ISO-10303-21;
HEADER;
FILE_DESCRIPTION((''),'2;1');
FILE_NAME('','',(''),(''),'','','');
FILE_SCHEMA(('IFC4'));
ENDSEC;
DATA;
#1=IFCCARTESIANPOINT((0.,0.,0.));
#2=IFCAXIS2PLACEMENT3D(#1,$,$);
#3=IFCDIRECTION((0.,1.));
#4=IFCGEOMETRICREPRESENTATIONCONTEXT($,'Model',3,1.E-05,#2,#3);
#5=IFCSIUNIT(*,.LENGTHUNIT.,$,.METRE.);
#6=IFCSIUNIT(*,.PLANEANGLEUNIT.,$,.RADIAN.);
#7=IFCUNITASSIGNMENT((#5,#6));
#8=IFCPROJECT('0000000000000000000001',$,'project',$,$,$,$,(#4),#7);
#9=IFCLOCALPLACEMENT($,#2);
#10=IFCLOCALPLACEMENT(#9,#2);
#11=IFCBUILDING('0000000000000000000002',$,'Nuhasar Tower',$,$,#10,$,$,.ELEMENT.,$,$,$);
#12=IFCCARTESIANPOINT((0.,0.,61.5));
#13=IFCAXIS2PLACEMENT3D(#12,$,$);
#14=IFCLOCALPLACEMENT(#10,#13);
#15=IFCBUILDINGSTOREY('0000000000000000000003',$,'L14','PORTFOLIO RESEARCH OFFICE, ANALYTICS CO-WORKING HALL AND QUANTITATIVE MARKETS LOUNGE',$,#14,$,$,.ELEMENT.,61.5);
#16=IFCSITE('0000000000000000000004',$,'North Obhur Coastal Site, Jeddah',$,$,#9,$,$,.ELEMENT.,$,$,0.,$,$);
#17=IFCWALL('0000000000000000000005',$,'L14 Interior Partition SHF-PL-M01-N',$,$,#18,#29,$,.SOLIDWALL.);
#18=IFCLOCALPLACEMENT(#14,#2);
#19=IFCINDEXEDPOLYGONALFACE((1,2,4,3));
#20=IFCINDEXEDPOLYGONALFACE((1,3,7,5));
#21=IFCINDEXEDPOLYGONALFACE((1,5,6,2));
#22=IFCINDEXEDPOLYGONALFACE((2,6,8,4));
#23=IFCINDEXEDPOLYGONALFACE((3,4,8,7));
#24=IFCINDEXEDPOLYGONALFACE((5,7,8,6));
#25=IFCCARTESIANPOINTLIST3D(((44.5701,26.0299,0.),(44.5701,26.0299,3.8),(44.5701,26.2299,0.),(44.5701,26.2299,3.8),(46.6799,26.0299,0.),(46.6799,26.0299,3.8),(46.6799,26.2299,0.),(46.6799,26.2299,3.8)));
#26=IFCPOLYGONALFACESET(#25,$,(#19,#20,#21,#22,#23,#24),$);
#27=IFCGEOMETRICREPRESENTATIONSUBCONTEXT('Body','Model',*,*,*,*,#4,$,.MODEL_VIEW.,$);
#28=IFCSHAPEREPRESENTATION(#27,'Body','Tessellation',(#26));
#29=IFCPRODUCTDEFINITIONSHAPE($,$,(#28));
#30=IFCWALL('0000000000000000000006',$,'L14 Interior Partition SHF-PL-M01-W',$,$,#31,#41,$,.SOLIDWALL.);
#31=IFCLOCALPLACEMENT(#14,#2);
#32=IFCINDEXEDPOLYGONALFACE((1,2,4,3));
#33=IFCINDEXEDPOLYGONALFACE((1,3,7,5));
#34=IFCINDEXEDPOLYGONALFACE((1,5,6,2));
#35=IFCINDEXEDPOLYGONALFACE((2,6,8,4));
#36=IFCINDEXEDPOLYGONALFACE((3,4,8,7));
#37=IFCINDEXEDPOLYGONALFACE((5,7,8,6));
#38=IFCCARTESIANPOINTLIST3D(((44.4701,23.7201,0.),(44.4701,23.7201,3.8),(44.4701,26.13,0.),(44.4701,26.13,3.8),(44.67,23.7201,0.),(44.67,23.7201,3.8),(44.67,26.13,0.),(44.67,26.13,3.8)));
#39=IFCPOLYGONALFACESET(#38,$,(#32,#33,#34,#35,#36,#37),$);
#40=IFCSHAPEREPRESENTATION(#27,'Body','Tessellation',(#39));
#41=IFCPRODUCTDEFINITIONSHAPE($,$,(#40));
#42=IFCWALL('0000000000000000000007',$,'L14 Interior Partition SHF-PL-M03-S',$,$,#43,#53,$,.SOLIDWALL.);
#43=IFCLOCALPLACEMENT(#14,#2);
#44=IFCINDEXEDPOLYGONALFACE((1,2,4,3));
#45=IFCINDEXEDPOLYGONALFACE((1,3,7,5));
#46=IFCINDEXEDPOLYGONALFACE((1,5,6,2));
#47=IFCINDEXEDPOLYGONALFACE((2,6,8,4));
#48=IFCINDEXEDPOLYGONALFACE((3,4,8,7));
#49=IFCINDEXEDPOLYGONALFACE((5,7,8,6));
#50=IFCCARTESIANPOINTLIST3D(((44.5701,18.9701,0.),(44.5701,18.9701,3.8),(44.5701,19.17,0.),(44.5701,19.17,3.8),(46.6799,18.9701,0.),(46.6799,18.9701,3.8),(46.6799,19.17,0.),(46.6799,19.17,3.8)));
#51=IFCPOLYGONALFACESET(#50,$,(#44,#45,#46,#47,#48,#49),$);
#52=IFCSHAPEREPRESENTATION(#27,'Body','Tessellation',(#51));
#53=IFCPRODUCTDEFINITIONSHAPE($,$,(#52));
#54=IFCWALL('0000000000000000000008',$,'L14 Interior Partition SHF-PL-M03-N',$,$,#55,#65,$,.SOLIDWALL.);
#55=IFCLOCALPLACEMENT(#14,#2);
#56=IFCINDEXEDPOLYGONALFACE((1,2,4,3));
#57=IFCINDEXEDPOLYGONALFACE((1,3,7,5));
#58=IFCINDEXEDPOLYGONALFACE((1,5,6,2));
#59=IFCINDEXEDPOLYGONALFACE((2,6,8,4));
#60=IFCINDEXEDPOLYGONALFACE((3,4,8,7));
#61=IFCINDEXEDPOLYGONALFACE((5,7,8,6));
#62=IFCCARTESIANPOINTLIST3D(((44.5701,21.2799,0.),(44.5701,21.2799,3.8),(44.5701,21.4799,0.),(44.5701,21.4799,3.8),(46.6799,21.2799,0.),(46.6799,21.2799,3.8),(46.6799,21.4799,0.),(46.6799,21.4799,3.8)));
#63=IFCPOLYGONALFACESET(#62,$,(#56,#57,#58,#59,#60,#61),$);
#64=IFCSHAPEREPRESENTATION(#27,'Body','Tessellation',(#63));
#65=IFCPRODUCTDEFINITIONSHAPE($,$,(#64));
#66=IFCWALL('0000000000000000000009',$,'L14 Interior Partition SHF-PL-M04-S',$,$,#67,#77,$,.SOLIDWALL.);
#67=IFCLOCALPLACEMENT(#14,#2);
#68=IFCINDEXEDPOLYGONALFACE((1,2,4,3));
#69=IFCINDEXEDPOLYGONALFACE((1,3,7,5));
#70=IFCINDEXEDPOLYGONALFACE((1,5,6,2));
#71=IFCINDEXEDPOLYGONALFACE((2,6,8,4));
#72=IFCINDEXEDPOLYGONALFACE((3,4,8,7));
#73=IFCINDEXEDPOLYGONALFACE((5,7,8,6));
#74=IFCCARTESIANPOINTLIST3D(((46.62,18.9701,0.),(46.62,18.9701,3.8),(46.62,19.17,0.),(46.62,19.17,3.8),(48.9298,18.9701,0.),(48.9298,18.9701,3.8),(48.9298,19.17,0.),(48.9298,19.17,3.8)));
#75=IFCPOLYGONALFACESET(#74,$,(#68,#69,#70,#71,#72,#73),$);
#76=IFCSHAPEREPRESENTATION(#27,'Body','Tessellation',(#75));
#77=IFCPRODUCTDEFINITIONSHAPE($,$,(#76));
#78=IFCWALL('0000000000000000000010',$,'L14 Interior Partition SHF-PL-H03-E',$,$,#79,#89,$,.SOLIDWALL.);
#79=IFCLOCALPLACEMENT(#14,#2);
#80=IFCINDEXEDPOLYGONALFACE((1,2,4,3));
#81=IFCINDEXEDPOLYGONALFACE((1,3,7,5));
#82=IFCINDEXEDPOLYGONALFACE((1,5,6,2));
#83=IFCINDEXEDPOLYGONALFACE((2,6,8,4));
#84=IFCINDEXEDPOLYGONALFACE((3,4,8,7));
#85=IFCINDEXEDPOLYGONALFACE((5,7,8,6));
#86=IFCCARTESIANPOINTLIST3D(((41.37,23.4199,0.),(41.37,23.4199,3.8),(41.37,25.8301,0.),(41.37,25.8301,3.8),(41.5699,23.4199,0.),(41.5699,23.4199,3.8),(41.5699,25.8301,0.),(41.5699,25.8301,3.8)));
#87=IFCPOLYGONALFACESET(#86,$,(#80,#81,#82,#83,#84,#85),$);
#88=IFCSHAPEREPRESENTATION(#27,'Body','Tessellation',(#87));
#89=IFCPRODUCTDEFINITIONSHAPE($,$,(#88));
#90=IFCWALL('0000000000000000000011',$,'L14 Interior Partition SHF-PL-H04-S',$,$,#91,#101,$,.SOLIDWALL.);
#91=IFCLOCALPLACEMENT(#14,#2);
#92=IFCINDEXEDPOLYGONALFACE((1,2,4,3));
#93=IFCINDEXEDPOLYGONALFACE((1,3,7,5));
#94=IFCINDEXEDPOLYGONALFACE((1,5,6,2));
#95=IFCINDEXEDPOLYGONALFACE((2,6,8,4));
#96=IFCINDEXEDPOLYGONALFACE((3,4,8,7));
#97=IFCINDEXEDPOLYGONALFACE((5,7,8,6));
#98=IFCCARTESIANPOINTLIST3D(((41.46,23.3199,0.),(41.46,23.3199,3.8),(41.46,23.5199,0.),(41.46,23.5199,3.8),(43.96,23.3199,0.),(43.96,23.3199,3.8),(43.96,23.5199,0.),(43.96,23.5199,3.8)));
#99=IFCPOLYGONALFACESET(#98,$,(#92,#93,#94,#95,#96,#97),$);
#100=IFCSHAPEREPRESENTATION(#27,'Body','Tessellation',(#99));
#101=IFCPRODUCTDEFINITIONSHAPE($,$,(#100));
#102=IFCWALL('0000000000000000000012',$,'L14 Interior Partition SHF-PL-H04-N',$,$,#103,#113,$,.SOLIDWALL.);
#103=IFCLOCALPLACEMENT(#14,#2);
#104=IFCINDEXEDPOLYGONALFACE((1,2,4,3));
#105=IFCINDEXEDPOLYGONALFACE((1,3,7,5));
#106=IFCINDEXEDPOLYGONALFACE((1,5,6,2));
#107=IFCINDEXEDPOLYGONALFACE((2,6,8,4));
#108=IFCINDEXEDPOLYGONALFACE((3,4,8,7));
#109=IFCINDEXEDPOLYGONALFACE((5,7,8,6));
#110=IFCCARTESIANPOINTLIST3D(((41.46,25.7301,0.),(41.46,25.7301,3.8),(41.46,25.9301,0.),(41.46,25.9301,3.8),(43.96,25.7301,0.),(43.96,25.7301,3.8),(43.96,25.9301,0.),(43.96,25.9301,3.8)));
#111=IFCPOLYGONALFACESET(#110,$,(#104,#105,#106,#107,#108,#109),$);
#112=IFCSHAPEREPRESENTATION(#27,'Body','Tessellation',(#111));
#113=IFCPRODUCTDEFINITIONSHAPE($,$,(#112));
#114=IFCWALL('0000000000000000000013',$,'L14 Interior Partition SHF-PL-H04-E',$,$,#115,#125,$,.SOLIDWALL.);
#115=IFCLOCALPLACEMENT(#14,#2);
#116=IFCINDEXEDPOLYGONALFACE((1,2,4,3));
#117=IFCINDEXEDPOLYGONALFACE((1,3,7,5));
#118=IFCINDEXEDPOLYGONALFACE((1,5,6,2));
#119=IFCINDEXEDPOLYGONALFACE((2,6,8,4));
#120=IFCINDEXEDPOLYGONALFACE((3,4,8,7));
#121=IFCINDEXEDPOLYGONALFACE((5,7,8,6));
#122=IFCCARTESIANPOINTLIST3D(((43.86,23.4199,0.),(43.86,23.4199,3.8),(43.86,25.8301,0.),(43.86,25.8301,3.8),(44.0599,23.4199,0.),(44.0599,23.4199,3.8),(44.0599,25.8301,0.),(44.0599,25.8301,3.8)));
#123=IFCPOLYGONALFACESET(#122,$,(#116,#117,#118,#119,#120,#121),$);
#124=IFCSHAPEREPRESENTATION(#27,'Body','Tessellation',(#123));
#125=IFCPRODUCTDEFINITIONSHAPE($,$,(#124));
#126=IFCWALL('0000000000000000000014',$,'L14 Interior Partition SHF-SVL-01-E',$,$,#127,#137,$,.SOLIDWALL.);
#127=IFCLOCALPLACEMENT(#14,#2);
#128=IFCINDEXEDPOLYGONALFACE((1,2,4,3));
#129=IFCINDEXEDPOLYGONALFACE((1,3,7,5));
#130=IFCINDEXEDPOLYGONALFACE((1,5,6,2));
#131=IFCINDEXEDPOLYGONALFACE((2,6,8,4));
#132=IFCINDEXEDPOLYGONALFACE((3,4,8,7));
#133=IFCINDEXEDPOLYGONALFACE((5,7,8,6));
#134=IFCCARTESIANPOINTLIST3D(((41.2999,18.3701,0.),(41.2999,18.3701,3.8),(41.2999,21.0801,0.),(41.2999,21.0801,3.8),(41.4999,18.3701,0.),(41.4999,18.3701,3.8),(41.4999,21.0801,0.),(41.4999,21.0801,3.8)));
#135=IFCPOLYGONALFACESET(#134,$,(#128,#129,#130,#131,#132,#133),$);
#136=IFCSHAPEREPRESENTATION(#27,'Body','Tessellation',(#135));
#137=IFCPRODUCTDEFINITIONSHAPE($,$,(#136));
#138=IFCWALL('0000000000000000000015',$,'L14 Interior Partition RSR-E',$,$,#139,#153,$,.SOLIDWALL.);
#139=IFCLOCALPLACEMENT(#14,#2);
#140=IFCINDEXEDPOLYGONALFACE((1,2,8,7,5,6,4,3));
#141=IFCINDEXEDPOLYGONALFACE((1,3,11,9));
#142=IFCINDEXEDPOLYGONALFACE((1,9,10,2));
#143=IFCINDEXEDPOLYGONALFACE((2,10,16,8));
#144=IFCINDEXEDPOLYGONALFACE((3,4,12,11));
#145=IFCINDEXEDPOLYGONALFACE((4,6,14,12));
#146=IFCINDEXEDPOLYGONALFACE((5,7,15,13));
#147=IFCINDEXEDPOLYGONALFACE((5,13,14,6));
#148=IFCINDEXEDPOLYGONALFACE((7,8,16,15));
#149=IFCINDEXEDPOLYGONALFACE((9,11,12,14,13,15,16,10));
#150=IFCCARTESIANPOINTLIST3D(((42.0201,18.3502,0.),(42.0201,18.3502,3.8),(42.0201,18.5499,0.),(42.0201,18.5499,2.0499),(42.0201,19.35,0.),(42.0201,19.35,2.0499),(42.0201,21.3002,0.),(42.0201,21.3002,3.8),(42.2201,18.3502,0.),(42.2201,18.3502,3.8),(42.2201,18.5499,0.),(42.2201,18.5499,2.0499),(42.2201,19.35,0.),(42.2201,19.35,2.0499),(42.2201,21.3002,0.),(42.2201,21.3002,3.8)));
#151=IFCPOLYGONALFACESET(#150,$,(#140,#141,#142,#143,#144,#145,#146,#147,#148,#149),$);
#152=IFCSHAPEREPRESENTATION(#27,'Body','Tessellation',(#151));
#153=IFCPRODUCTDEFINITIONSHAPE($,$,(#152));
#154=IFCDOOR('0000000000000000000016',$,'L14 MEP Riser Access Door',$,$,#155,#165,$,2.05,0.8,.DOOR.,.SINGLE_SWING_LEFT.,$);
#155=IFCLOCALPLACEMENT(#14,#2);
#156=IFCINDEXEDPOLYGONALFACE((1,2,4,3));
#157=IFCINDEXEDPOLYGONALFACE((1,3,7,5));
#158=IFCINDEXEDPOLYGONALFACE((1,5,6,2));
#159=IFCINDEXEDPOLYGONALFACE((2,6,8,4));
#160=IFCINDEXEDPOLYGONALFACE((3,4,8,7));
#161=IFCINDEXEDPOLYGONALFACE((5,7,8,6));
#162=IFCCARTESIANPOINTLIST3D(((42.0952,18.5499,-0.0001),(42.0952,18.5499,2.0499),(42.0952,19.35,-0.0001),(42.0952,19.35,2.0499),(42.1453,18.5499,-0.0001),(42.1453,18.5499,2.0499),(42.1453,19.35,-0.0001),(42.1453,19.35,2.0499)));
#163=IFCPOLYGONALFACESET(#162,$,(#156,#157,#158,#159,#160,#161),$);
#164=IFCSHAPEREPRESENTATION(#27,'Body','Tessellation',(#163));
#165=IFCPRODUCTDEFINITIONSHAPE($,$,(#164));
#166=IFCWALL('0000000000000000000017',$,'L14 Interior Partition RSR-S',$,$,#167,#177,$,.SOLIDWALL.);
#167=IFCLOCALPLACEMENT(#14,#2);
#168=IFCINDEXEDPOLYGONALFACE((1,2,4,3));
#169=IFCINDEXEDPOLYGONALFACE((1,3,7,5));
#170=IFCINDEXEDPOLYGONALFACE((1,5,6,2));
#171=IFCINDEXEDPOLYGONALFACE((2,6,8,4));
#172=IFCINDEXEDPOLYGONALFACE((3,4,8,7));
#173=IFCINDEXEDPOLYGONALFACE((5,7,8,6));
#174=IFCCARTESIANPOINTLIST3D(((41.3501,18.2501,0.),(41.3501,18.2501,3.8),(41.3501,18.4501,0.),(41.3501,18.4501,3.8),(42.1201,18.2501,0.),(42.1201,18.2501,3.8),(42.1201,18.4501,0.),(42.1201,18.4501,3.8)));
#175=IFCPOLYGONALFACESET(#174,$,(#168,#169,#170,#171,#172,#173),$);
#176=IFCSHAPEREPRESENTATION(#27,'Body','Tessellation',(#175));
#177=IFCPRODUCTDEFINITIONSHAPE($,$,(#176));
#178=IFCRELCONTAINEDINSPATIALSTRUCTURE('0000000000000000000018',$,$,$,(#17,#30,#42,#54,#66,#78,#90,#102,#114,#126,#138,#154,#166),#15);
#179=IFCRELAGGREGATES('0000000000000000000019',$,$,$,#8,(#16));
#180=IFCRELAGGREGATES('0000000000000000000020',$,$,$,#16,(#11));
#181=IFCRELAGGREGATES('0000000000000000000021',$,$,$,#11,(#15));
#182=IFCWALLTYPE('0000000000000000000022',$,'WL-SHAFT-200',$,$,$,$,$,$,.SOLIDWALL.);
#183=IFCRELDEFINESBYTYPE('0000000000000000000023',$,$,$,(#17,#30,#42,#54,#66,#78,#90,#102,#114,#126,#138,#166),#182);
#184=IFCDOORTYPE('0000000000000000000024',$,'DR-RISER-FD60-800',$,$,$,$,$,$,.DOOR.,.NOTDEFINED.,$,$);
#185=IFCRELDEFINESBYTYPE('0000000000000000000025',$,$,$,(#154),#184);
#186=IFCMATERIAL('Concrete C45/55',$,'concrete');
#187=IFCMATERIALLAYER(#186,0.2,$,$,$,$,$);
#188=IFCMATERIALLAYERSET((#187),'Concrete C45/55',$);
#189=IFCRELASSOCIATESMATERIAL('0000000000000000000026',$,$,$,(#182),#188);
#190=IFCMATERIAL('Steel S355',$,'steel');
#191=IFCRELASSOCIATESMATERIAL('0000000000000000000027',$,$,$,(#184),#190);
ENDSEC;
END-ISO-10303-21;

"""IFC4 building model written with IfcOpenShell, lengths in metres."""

from ifc_helpers import new_model, si_unit, direction, frame, frame_2d, origin, place, context, subcontext, project, spatial, rectangle, extrude, material, layer, layer_set, type_object, element, fill, save


model = new_model("IFC4")

# Units and contexts
model_context = context("Model", 3, precision=1e-05, world=origin(), true_north=direction((0.0, 1.0)))
body_context = subcontext(model_context, "Body", "Model", "MODEL_VIEW")
ifc_project = project(units=[si_unit("LENGTHUNIT", "METRE"), si_unit("PLANEANGLEUNIT", "RADIAN")], contexts=[model_context])

# Site, building, storey
site_placement = place(None, origin())
site = spatial("IfcSite", under=ifc_project, at=site_placement, Name="North Obhur Coastal Site, Jeddah", CompositionType="ELEMENT", RefElevation=0.0)
building_placement = place(site_placement, origin())
building = spatial("IfcBuilding", under=site, at=building_placement, Name="Nuhasar Tower", CompositionType="ELEMENT")
storey_placement = place(building_placement, frame((0.0, 0.0, 61.5)))
storey = spatial("IfcBuildingStorey", under=building, at=storey_placement, Name="L14", Description="PORTFOLIO RESEARCH OFFICE, ANALYTICS CO-WORKING HALL AND QUANTITATIVE MARKETS LOUNGE", CompositionType="ELEMENT", Elevation=61.5)

# Shared definitions
ifc_material_1 = material(Name="Steel S355", Category="steel")

# Shared definitions
ifc_material_2 = material(Name="Concrete C45/55", Category="concrete")

# Walls
ifc_layer_1 = layer(ifc_material_2, 0.2)
ifc_layer_set_1 = layer_set([ifc_layer_1], Name="Concrete C45/55")
wall_type_1 = type_object("IfcWallType", Name="WL-SHAFT-200", PredefinedType="SOLIDWALL", material=ifc_layer_set_1)
for number, where, z_axis, x_axis, name in (
    (1, (44.5701, 26.1299, 0.0), (0.0, 0.0, 1.0), (1.0, 0.0, 0.0), "L14 Interior Partition SHF-PL-M01-N"),
):
    element("IfcWall", number, at=place(storey_placement, frame(where, z_axis=z_axis, x_axis=x_axis)), inside=storey, type_object=wall_type_1, Name=name, PredefinedType="SOLIDWALL", context=body_context, shape_type="SweptSolid", body=[
        extrude(rectangle(XDim=2.1099, YDim=0.2, at=frame_2d((1.0549, 0.0))), origin(), (0.0, 0.0, 1.0), 3.8),
    ])
wall_1_placement = place(storey_placement, frame((44.5701, 23.72, 0.0), z_axis=(0.0, 0.0, 1.0), x_axis=(0.0, 1.0, 0.0)))
element("IfcWall", 2, at=wall_1_placement, inside=storey, type_object=wall_type_1, Name="L14 Interior Partition SHF-PL-M01-W", PredefinedType="SOLIDWALL", context=body_context, shape_type="SweptSolid", body=[
    extrude(rectangle(XDim=2.4099, YDim=0.2, at=frame_2d((1.2051, 0.0))), origin(), (0.0, 0.0, 1.0), 3.8),
])
for number, where, z_axis, x_axis, name in (
    (3, (44.5701, 19.0701, 0.0), (0.0, 0.0, 1.0), (1.0, 0.0, 0.0), "L14 Interior Partition SHF-PL-M03-S"),
    (4, (44.5701, 21.3799, 0.0), (0.0, 0.0, 1.0), (1.0, 0.0, 0.0), "L14 Interior Partition SHF-PL-M03-N"),
):
    element("IfcWall", number, at=place(storey_placement, frame(where, z_axis=z_axis, x_axis=x_axis)), inside=storey, type_object=wall_type_1, Name=name, PredefinedType="SOLIDWALL", context=body_context, shape_type="SweptSolid", body=[
        extrude(rectangle(XDim=2.1099, YDim=0.2, at=frame_2d((1.0549, 0.0))), origin(), (0.0, 0.0, 1.0), 3.8),
    ])
wall_2_placement = place(storey_placement, frame((46.6201, 19.0701, 0.0), z_axis=(0.0, 0.0, 1.0), x_axis=(1.0, 0.0, 0.0)))
element("IfcWall", 5, at=wall_2_placement, inside=storey, type_object=wall_type_1, Name="L14 Interior Partition SHF-PL-M04-S", PredefinedType="SOLIDWALL", context=body_context, shape_type="SweptSolid", body=[
    extrude(rectangle(XDim=2.3098, YDim=0.2, at=frame_2d((1.1548, 0.0))), origin(), (0.0, 0.0, 1.0), 3.8),
])
wall_3_placement = place(storey_placement, frame((41.47, 23.4199, 0.0), z_axis=(0.0, 0.0, 1.0), x_axis=(0.0, 1.0, 0.0)))
element("IfcWall", 6, at=wall_3_placement, inside=storey, type_object=wall_type_1, Name="L14 Interior Partition SHF-PL-H03-E", PredefinedType="SOLIDWALL", context=body_context, shape_type="SweptSolid", body=[
    extrude(rectangle(XDim=2.4102, YDim=0.2, at=frame_2d((1.2051, 0.0))), origin(), (0.0, 0.0, 1.0), 3.8),
])
for number, where, z_axis, x_axis, name in (
    (7, (41.46, 23.4199, 0.0), (0.0, 0.0, 1.0), (1.0, 0.0, 0.0), "L14 Interior Partition SHF-PL-H04-S"),
    (8, (41.46, 25.8301, 0.0), (0.0, 0.0, 1.0), (1.0, 0.0, 0.0), "L14 Interior Partition SHF-PL-H04-N"),
):
    element("IfcWall", number, at=place(storey_placement, frame(where, z_axis=z_axis, x_axis=x_axis)), inside=storey, type_object=wall_type_1, Name=name, PredefinedType="SOLIDWALL", context=body_context, shape_type="SweptSolid", body=[
        extrude(rectangle(XDim=2.5, YDim=0.2, at=frame_2d((1.25, 0.0))), origin(), (0.0, 0.0, 1.0), 3.8),
    ])
wall_4_placement = place(storey_placement, frame((43.96, 23.4199, 0.0), z_axis=(0.0, 0.0, 1.0), x_axis=(0.0, 1.0, 0.0)))
element("IfcWall", 9, at=wall_4_placement, inside=storey, type_object=wall_type_1, Name="L14 Interior Partition SHF-PL-H04-E", PredefinedType="SOLIDWALL", context=body_context, shape_type="SweptSolid", body=[
    extrude(rectangle(XDim=2.4102, YDim=0.2, at=frame_2d((1.2051, 0.0))), origin(), (0.0, 0.0, 1.0), 3.8),
])
wall_5_placement = place(storey_placement, frame((41.3999, 18.3701, 0.0), z_axis=(0.0, 0.0, 1.0), x_axis=(0.0, 1.0, 0.0)))
element("IfcWall", 10, at=wall_5_placement, inside=storey, type_object=wall_type_1, Name="L14 Interior Partition SHF-SVL-01-E", PredefinedType="SOLIDWALL", context=body_context, shape_type="SweptSolid", body=[
    extrude(rectangle(XDim=2.71, YDim=0.2, at=frame_2d((1.355, 0.0))), origin(), (0.0, 0.0, 1.0), 3.8),
])

# Wall, opening, door
wall_6_placement = place(storey_placement, frame((42.1201, 18.3501, 0.0), z_axis=(0.0, 0.0, 1.0), x_axis=(0.0, 1.0, 0.0)))
wall_6 = element("IfcWall", 11, at=wall_6_placement, inside=storey, type_object=wall_type_1, Name="L14 Interior Partition RSR-E", PredefinedType="SOLIDWALL", context=body_context, shape_type="SweptSolid", body=[
    extrude(rectangle(XDim=2.95, YDim=0.2, at=frame_2d((1.4751, 0.0))), origin(), (0.0, 0.0, 1.0), 3.8),
])
opening_1_placement = place(wall_6_placement, frame((0.2, 0.0, 0.0)))
opening_1 = element("IfcOpeningElement", 12, at=opening_1_placement, cuts=wall_6, PredefinedType="OPENING", context=body_context, shape_type="SweptSolid", body=[
    extrude(rectangle(XDim=0.8, YDim=2.05, at=frame_2d((0.3999, 1.0249))), frame((0.0, 0.1099, 0.0), z_axis=(0.0, -1.0, 0.0), x_axis=(1.0, 0.0, 0.0)), (0.0, 0.0, 1.0), 0.22),
])
door_type_1 = type_object("IfcDoorType", Name="DR-RISER-FD60-800", OperationType="NOTDEFINED", PredefinedType="DOOR", material=ifc_material_1)
door_1_placement = place(opening_1_placement, origin())
door_1 = element("IfcDoor", 13, at=door_1_placement, inside=storey, type_object=door_type_1, Name="L14 MEP Riser Access Door", OperationType="SINGLE_SWING_LEFT", OverallHeight=2.05, OverallWidth=0.8, PredefinedType="DOOR", context=body_context, shape_type="SweptSolid", body=[
    extrude(rectangle(XDim=0.8, YDim=2.05, at=frame_2d((0.3999, 1.0249))), frame((0.0, 0.0249, 0.0), z_axis=(0.0, -1.0, 0.0), x_axis=(1.0, 0.0, 0.0)), (0.0, 0.0, 1.0), 0.05),
])
fill(opening_1, door_1)

# Wall
wall_7_placement = place(storey_placement, frame((41.3501, 18.3501, 0.0), z_axis=(0.0, 0.0, 1.0), x_axis=(1.0, 0.0, 0.0)))
element("IfcWall", 14, at=wall_7_placement, inside=storey, type_object=wall_type_1, Name="L14 Interior Partition RSR-S", PredefinedType="SOLIDWALL", context=body_context, shape_type="SweptSolid", body=[
    extrude(rectangle(XDim=0.77, YDim=0.2, at=frame_2d((0.385, 0.0))), origin(), (0.0, 0.0, 1.0), 3.8),
])

save(model, "model.ifc")
